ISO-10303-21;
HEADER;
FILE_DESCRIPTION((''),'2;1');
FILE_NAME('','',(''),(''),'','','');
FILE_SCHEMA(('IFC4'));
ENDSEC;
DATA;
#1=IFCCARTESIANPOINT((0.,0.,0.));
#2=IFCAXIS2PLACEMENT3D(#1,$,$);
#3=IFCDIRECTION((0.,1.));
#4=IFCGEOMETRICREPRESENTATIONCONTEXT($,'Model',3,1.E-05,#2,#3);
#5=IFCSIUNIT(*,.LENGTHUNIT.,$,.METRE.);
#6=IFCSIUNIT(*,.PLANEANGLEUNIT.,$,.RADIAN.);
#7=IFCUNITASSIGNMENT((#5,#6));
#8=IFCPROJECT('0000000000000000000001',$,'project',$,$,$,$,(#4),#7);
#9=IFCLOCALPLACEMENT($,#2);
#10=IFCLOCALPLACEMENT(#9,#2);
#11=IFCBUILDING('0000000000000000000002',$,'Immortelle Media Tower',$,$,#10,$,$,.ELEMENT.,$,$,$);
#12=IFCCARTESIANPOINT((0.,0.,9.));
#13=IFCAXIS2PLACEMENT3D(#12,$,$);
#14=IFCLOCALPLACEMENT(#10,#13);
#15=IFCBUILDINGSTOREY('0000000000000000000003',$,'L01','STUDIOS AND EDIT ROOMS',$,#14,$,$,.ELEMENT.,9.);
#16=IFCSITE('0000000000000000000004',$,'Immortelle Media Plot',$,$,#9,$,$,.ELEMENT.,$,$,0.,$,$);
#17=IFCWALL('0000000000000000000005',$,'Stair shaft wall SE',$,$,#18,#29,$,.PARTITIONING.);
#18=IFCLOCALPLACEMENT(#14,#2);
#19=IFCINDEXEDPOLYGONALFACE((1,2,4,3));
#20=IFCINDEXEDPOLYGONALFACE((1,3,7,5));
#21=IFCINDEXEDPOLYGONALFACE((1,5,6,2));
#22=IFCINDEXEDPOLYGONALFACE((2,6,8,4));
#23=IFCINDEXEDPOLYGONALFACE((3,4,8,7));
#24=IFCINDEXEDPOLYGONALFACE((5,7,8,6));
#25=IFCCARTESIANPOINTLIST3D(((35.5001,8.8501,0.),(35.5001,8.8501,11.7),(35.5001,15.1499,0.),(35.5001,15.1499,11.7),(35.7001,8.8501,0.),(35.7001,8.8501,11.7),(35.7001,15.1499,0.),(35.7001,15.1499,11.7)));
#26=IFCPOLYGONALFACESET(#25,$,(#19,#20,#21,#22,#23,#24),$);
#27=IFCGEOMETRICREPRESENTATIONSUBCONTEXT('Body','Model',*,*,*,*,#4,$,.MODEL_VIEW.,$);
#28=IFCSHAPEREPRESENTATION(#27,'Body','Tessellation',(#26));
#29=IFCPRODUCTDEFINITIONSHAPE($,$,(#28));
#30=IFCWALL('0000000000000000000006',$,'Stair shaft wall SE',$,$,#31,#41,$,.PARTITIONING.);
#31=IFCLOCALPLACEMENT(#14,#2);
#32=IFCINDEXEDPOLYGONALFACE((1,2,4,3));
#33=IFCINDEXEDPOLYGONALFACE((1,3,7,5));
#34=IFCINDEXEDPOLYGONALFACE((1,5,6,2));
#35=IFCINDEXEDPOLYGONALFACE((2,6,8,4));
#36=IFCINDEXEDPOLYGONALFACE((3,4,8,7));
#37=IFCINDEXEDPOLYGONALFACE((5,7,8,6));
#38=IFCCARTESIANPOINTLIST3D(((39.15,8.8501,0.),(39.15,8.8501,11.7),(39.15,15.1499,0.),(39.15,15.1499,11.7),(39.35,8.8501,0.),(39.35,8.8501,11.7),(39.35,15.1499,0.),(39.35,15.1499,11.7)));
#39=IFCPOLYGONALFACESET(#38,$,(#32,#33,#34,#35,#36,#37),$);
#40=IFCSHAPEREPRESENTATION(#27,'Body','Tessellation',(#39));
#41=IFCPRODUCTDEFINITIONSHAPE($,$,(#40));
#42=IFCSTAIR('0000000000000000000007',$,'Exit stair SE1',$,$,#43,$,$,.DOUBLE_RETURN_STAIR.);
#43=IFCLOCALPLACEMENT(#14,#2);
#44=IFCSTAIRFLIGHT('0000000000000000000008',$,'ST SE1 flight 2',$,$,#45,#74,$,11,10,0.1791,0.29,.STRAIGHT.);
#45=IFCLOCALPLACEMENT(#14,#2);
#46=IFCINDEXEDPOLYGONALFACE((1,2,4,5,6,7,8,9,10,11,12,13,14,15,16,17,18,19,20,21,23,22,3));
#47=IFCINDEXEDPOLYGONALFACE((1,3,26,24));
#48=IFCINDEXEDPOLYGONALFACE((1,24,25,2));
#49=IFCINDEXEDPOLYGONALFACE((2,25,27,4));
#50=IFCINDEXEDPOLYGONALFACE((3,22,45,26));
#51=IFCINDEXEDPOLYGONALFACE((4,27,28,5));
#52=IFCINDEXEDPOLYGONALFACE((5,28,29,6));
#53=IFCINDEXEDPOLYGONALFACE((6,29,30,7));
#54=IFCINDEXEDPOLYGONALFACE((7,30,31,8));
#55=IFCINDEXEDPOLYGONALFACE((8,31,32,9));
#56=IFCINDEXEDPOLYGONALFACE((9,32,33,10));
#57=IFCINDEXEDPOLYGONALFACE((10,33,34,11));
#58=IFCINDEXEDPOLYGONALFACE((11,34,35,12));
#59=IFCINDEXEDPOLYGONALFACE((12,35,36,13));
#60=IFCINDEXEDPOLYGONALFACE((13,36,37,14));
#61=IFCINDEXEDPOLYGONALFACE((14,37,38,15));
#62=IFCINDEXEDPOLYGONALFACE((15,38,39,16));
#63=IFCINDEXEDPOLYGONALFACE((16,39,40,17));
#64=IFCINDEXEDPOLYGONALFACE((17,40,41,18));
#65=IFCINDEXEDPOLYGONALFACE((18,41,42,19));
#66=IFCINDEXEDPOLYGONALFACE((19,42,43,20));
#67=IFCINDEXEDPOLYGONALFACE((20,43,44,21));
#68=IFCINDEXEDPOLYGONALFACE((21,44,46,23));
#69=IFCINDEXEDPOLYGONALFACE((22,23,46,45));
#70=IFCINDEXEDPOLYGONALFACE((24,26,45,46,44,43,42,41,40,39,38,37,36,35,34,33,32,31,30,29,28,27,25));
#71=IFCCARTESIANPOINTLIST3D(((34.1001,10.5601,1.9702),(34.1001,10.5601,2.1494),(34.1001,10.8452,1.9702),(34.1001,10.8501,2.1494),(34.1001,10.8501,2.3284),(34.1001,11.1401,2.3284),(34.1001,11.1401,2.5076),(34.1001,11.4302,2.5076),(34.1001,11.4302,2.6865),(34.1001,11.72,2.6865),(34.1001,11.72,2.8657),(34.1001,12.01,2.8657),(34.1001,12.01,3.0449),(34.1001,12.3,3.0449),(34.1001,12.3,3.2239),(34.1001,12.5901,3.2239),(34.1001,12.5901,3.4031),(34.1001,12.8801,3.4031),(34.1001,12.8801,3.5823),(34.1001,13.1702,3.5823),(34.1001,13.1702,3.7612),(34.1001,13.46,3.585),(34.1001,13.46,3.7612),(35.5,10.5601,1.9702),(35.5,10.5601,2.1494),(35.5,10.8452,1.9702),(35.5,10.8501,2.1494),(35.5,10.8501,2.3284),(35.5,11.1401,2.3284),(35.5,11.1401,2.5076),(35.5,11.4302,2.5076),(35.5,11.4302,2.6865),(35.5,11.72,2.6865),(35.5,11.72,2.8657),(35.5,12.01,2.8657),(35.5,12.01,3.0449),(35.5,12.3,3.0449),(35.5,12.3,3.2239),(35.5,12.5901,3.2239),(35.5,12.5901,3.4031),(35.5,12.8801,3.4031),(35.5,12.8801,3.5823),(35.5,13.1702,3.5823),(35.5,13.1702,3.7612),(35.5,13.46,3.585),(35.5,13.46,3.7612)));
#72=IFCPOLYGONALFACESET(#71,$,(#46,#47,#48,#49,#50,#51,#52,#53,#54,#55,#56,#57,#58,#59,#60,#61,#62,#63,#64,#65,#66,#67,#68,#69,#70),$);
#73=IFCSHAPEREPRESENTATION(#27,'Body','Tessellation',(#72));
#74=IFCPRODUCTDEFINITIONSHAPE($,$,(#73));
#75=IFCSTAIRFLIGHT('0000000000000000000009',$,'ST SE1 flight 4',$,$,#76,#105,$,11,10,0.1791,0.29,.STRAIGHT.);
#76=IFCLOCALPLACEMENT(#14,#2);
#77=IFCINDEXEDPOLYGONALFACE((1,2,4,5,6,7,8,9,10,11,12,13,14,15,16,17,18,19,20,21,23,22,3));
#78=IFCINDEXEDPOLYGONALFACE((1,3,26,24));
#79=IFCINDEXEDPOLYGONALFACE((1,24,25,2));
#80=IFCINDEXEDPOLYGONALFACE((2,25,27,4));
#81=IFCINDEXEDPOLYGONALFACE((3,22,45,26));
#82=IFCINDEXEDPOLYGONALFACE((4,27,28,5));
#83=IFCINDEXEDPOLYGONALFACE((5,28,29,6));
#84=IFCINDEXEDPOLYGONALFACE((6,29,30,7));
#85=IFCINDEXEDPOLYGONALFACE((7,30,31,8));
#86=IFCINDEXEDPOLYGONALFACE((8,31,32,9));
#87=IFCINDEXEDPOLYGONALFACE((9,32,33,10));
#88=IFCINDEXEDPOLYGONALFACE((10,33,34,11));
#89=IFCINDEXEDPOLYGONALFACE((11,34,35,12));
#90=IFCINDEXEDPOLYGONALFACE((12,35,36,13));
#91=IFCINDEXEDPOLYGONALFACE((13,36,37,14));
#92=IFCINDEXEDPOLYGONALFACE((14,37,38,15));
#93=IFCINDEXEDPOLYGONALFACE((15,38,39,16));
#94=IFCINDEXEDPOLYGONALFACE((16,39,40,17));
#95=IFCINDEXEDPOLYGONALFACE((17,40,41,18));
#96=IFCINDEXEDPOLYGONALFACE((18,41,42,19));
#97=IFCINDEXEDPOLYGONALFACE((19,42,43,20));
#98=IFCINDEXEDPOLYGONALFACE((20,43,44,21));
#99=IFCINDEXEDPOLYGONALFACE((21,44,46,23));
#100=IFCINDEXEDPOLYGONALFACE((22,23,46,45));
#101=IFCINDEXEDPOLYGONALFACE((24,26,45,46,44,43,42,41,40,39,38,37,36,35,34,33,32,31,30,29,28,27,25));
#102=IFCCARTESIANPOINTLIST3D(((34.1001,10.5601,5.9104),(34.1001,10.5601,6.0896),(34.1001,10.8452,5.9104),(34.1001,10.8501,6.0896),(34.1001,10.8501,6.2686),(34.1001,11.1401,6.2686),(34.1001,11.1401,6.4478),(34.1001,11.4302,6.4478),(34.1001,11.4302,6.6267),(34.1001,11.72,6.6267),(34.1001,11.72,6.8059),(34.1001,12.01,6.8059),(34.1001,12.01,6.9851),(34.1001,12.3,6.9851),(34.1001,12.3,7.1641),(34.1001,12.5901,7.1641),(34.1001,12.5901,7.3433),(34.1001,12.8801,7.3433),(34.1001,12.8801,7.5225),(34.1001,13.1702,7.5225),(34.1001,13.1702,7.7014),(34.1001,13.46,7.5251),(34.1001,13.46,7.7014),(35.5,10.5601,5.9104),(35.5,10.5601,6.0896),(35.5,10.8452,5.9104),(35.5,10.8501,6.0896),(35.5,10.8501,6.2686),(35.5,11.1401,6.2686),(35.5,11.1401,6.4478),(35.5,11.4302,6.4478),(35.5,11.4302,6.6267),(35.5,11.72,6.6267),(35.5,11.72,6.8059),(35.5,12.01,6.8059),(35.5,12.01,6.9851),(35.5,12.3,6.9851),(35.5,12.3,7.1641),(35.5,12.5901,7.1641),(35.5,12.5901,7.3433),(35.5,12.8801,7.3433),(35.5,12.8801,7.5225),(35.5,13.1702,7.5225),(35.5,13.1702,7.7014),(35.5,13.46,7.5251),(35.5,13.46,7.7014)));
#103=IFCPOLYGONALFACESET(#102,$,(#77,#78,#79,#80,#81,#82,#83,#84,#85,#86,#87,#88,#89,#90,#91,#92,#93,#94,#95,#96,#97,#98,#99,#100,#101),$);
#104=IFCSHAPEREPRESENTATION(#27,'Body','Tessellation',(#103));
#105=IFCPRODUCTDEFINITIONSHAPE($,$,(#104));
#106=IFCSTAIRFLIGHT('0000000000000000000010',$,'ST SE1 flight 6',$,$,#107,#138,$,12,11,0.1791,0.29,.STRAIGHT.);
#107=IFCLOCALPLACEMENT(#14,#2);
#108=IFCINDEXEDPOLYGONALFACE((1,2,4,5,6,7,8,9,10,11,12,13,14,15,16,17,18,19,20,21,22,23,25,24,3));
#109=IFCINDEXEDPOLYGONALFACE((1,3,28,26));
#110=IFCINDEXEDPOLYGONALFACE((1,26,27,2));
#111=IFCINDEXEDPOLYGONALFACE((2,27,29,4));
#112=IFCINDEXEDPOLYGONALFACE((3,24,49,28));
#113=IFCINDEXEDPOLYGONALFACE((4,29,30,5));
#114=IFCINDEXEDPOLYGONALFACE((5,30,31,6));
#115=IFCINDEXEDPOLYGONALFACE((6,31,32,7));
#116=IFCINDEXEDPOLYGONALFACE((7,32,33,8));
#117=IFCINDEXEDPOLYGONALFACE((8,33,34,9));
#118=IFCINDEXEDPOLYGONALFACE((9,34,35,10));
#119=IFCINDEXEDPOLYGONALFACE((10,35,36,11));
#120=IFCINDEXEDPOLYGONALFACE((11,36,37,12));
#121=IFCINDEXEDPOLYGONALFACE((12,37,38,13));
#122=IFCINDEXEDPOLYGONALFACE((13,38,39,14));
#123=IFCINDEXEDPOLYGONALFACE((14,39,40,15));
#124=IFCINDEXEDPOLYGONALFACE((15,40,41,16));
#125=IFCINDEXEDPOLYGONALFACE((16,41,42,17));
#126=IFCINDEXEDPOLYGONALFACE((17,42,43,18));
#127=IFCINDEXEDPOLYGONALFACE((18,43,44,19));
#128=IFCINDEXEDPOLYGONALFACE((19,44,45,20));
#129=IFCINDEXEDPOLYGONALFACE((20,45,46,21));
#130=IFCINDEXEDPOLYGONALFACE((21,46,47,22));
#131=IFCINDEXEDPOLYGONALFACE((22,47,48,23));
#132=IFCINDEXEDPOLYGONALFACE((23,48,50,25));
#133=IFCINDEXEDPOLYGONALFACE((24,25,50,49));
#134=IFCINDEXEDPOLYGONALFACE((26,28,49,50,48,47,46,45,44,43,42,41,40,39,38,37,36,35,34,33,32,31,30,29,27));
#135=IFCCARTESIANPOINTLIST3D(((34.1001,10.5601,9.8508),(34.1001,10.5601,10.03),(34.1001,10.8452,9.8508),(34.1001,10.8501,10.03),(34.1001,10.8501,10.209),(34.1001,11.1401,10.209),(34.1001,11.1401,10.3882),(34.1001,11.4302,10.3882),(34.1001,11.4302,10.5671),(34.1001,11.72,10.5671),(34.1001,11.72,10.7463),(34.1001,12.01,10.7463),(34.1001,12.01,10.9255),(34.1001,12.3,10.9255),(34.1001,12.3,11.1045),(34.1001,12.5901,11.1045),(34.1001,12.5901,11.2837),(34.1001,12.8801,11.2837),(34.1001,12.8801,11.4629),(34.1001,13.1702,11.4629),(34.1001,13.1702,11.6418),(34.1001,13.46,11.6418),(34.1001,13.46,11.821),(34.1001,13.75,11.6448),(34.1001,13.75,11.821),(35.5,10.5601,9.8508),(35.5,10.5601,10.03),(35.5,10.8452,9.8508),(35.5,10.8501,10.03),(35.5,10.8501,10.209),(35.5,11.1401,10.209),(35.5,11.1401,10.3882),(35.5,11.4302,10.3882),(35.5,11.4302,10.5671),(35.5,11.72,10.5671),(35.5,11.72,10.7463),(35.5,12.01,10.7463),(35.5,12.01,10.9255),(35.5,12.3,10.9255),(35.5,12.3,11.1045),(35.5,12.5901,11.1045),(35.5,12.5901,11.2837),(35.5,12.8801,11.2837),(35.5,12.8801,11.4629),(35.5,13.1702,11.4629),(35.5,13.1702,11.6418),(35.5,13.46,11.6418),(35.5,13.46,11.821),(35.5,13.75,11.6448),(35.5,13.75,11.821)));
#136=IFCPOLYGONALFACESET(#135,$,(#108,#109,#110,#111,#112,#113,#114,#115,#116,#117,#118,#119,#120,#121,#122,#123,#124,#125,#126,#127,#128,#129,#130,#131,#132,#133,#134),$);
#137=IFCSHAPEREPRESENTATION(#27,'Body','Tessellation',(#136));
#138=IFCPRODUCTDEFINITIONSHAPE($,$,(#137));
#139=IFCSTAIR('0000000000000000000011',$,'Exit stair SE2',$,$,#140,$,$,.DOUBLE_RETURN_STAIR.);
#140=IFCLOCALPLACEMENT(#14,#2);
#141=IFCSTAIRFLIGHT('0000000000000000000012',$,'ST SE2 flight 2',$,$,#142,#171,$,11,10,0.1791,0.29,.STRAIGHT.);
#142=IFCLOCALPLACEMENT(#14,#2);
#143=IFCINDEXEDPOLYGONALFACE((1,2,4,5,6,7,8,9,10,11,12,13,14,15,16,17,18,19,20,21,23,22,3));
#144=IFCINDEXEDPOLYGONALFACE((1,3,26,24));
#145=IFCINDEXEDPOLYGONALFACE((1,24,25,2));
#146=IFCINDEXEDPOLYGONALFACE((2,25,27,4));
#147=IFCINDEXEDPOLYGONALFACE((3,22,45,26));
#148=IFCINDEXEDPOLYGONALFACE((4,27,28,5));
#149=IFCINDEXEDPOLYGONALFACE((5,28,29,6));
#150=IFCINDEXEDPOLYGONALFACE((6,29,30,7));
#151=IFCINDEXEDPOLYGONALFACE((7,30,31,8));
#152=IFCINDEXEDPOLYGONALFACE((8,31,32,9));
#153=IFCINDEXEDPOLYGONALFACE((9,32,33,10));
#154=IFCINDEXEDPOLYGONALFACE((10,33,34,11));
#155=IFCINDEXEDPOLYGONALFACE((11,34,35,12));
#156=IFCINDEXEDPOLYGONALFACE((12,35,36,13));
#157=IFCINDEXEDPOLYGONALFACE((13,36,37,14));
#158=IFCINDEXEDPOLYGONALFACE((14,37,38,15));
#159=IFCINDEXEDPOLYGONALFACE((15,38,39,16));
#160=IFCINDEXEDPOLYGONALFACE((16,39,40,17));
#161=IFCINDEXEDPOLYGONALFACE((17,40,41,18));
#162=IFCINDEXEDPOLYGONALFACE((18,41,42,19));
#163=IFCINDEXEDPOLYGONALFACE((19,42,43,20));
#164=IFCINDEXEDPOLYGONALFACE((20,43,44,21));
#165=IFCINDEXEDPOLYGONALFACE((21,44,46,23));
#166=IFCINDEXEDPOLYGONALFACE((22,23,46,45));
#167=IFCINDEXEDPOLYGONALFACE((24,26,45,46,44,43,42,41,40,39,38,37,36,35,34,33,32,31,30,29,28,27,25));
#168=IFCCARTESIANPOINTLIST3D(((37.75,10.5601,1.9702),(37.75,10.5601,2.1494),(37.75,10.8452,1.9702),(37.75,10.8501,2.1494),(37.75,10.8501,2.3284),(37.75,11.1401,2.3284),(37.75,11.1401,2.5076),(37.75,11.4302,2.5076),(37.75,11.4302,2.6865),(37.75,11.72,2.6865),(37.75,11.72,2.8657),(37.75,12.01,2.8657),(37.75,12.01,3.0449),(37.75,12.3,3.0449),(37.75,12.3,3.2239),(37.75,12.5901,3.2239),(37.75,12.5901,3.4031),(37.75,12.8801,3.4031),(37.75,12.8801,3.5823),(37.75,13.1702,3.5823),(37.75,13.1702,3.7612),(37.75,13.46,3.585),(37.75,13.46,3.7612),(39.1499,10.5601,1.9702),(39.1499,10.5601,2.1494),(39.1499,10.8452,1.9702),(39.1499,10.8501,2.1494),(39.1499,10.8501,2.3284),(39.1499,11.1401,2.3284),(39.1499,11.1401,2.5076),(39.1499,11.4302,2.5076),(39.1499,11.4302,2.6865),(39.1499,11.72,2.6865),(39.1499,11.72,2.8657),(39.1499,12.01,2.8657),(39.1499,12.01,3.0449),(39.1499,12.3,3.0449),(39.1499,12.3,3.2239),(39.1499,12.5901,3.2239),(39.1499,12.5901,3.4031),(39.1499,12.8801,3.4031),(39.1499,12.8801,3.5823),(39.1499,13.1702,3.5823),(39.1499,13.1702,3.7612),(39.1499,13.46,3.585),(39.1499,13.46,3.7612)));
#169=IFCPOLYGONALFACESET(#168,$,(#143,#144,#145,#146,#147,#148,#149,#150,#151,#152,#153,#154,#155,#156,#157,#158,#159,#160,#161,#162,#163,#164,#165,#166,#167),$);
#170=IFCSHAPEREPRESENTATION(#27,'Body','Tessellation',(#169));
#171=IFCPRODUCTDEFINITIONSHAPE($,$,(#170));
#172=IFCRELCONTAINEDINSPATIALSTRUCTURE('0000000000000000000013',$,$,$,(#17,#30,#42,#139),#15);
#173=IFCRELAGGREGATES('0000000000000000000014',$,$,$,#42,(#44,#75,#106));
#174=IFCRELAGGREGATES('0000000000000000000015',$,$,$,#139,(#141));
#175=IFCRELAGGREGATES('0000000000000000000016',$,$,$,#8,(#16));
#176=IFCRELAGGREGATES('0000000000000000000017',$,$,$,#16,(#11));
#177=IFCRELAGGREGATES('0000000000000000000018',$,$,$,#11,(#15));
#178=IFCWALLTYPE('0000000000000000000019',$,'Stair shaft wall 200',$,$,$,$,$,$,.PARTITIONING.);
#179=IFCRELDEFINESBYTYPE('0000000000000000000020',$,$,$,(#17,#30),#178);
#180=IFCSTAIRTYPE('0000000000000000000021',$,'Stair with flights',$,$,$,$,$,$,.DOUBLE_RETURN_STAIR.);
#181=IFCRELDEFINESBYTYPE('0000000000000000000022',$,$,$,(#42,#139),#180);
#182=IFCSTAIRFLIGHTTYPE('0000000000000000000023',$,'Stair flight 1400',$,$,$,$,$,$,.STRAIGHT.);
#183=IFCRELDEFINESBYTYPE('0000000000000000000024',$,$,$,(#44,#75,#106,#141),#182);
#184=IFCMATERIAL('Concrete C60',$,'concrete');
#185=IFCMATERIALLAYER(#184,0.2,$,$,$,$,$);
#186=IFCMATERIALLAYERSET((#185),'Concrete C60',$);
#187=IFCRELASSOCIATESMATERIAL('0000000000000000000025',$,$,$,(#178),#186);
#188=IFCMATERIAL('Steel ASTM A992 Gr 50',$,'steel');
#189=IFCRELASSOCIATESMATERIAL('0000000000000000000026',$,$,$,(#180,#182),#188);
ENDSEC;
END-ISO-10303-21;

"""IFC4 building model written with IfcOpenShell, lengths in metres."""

from ifc_helpers import new_model, si_unit, direction, frame, frame_2d, origin, place, context, subcontext, project, spatial, polyline, rectangle, outline, extrude, material, layer, layer_set, type_object, element, aggregate, save


model = new_model("IFC4")

# Units and contexts
model_context = context("Model", 3, precision=1e-05, world=origin(), true_north=direction((0.0, 1.0)))
body_context = subcontext(model_context, "Body", "Model", "MODEL_VIEW")
ifc_project = project(units=[si_unit("LENGTHUNIT", "METRE"), si_unit("PLANEANGLEUNIT", "RADIAN")], contexts=[model_context])

# Site, building, storey
site_placement = place(None, origin())
site = spatial("IfcSite", under=ifc_project, at=site_placement, Name="Immortelle Media Plot", CompositionType="ELEMENT", RefElevation=0.0)
building_placement = place(site_placement, origin())
building = spatial("IfcBuilding", under=site, at=building_placement, Name="Immortelle Media Tower", CompositionType="ELEMENT")
storey_placement = place(building_placement, frame((0.0, 0.0, 9.0)))
storey = spatial("IfcBuildingStorey", under=building, at=storey_placement, Name="L01", Description="STUDIOS AND EDIT ROOMS", CompositionType="ELEMENT", Elevation=9.0)

# Shared definitions
ifc_material_1 = material(Name="Steel ASTM A992 Gr 50", Category="steel")

# Walls
ifc_material_2 = material(Name="Concrete C60", Category="concrete")
ifc_layer_1 = layer(ifc_material_2, 0.2)
ifc_layer_set_1 = layer_set([ifc_layer_1], Name="Concrete C60")
wall_type_1 = type_object("IfcWallType", Name="Stair shaft wall 200", PredefinedType="PARTITIONING", material=ifc_layer_set_1)
for number, where, z_axis, x_axis, name in (
    (1, (35.6001, 8.8501, 0.0), (0.0, 0.0, 1.0), (0.0, 1.0, 0.0), "Stair shaft wall SE"),
    (2, (39.25, 8.8501, 0.0), (0.0, 0.0, 1.0), (0.0, 1.0, 0.0), "Stair shaft wall SE"),
):
    element("IfcWall", number, at=place(storey_placement, frame(where, z_axis=z_axis, x_axis=x_axis)), inside=storey, type_object=wall_type_1, Name=name, PredefinedType="PARTITIONING", context=body_context, shape_type="SweptSolid", body=[
        extrude(rectangle(XDim=6.2998, YDim=0.2, at=frame_2d((3.1499, 0.0))), origin(), (0.0, 0.0, 1.0), 11.7),
    ])

# Stairs, stair flights
stair_type = type_object("IfcStairType", Name="Stair with flights", PredefinedType="DOUBLE_RETURN_STAIR", material=ifc_material_1)
stair_1_placement = place(storey_placement, origin())
stair_1 = element("IfcStair", 3, at=stair_1_placement, inside=storey, type_object=stair_type, Name="Exit stair SE1", PredefinedType="DOUBLE_RETURN_STAIR")
stair_flight_type = type_object("IfcStairFlightType", Name="Stair flight 1400", PredefinedType="STRAIGHT", material=ifc_material_1)
stair_flight_1_placement = place(storey_placement, frame((34.8, 10.5601, 1.9702), z_axis=(0.0, 0.0, 1.0), x_axis=(0.0, 1.0, 0.0)))
stair_flight_1 = element("IfcStairFlight", 4, at=stair_flight_1_placement, type_object=stair_flight_type, Name="ST SE1 flight 2", NumberOfRisers=11, NumberOfTreads=10, PredefinedType="STRAIGHT", RiserHeight=0.1791, TreadLength=0.29, context=body_context, shape_type="SweptSolid", body=[
    extrude(outline(polyline([(0.0, 0.0), (0.0, 0.1792), (0.29, 0.1792), (0.29, 0.3582), (0.5801, 0.3582), (0.5801, 0.5374), (0.8701, 0.5374), (0.8701, 0.7163), (1.1599, 0.7163), (1.1599, 0.8955), (1.45, 0.8955), (1.45, 1.0747), (1.74, 1.0747), (1.74, 1.2537), (2.03, 1.2537), (2.03, 1.4329), (2.3201, 1.4329), (2.3201, 1.6121), (2.6101, 1.6121), (2.6101, 1.791), (2.8999, 1.791), (2.8999, 1.9702), (2.8999, 1.6147), (0.2852, 0.0), (0.0, 0.0)])), frame((0.0, 0.7, 0.0), z_axis=(0.0, -1.0, 0.0), x_axis=(1.0, 0.0, 0.0)), (0.0, 0.0, 1.0), 1.3999),
])
stair_flight_2_placement = place(storey_placement, frame((34.8, 10.5601, 5.9104), z_axis=(0.0, 0.0, 1.0), x_axis=(0.0, 1.0, 0.0)))
stair_flight_2 = element("IfcStairFlight", 5, at=stair_flight_2_placement, type_object=stair_flight_type, Name="ST SE1 flight 4", NumberOfRisers=11, NumberOfTreads=10, PredefinedType="STRAIGHT", RiserHeight=0.1791, TreadLength=0.29, context=body_context, shape_type="SweptSolid", body=[
    extrude(outline(polyline([(0.0, 0.0), (0.0, 0.1792), (0.29, 0.1792), (0.29, 0.3582), (0.5801, 0.3582), (0.5801, 0.5374), (0.8701, 0.5374), (0.8701, 0.7163), (1.1599, 0.7163), (1.1599, 0.8955), (1.45, 0.8955), (1.45, 1.0747), (1.74, 1.0747), (1.74, 1.2537), (2.03, 1.2537), (2.03, 1.4329), (2.3201, 1.4329), (2.3201, 1.6121), (2.6101, 1.6121), (2.6101, 1.791), (2.8999, 1.791), (2.8999, 1.9702), (2.8999, 1.6147), (0.2852, 0.0), (0.0, 0.0)])), frame((0.0, 0.7, 0.0), z_axis=(0.0, -1.0, 0.0), x_axis=(1.0, 0.0, 0.0)), (0.0, 0.0, 1.0), 1.3999),
])
stair_flight_3_placement = place(storey_placement, frame((34.8, 10.5601, 9.8508), z_axis=(0.0, 0.0, 1.0), x_axis=(0.0, 1.0, 0.0)))
stair_flight_3 = element("IfcStairFlight", 6, at=stair_flight_3_placement, type_object=stair_flight_type, Name="ST SE1 flight 6", NumberOfRisers=12, NumberOfTreads=11, PredefinedType="STRAIGHT", RiserHeight=0.1791, TreadLength=0.29, context=body_context, shape_type="SweptSolid", body=[
    extrude(outline(polyline([(0.0, 0.0), (0.0, 0.1792), (0.29, 0.1792), (0.29, 0.3582), (0.5801, 0.3582), (0.5801, 0.5374), (0.8701, 0.5374), (0.8701, 0.7163), (1.1599, 0.7163), (1.1599, 0.8955), (1.45, 0.8955), (1.45, 1.0747), (1.74, 1.0747), (1.74, 1.2537), (2.03, 1.2537), (2.03, 1.4329), (2.3201, 1.4329), (2.3201, 1.6121), (2.6101, 1.6121), (2.6101, 1.791), (2.8999, 1.791), (2.8999, 1.9702), (3.1899, 1.9702), (3.1899, 2.1492), (3.1899, 1.7939), (0.2852, 0.0), (0.0, 0.0)])), frame((0.0, 0.7, 0.0), z_axis=(0.0, -1.0, 0.0), x_axis=(1.0, 0.0, 0.0)), (0.0, 0.0, 1.0), 1.3999),
])
aggregate(stair_1, [stair_flight_1, stair_flight_2, stair_flight_3])
stair_2_placement = place(storey_placement, origin())
stair_2 = element("IfcStair", 7, at=stair_2_placement, inside=storey, type_object=stair_type, Name="Exit stair SE2", PredefinedType="DOUBLE_RETURN_STAIR")
stair_flight_4_placement = place(storey_placement, frame((38.45, 10.5601, 1.9702), z_axis=(0.0, 0.0, 1.0), x_axis=(0.0, 1.0, 0.0)))
stair_flight_4 = element("IfcStairFlight", 8, at=stair_flight_4_placement, type_object=stair_flight_type, Name="ST SE2 flight 2", NumberOfRisers=11, NumberOfTreads=10, PredefinedType="STRAIGHT", RiserHeight=0.1791, TreadLength=0.29, context=body_context, shape_type="SweptSolid", body=[
    extrude(outline(polyline([(0.0, 0.0), (0.0, 0.1792), (0.29, 0.1792), (0.29, 0.3582), (0.5801, 0.3582), (0.5801, 0.5374), (0.8701, 0.5374), (0.8701, 0.7163), (1.1599, 0.7163), (1.1599, 0.8955), (1.45, 0.8955), (1.45, 1.0747), (1.74, 1.0747), (1.74, 1.2537), (2.03, 1.2537), (2.03, 1.4329), (2.3201, 1.4329), (2.3201, 1.6121), (2.6101, 1.6121), (2.6101, 1.791), (2.8999, 1.791), (2.8999, 1.9702), (2.8999, 1.6147), (0.2852, 0.0), (0.0, 0.0)])), frame((0.0, 0.7, 0.0), z_axis=(0.0, -1.0, 0.0), x_axis=(1.0, 0.0, 0.0)), (0.0, 0.0, 1.0), 1.3999),
])
aggregate(stair_2, [stair_flight_4])

save(model, "model.ifc")
